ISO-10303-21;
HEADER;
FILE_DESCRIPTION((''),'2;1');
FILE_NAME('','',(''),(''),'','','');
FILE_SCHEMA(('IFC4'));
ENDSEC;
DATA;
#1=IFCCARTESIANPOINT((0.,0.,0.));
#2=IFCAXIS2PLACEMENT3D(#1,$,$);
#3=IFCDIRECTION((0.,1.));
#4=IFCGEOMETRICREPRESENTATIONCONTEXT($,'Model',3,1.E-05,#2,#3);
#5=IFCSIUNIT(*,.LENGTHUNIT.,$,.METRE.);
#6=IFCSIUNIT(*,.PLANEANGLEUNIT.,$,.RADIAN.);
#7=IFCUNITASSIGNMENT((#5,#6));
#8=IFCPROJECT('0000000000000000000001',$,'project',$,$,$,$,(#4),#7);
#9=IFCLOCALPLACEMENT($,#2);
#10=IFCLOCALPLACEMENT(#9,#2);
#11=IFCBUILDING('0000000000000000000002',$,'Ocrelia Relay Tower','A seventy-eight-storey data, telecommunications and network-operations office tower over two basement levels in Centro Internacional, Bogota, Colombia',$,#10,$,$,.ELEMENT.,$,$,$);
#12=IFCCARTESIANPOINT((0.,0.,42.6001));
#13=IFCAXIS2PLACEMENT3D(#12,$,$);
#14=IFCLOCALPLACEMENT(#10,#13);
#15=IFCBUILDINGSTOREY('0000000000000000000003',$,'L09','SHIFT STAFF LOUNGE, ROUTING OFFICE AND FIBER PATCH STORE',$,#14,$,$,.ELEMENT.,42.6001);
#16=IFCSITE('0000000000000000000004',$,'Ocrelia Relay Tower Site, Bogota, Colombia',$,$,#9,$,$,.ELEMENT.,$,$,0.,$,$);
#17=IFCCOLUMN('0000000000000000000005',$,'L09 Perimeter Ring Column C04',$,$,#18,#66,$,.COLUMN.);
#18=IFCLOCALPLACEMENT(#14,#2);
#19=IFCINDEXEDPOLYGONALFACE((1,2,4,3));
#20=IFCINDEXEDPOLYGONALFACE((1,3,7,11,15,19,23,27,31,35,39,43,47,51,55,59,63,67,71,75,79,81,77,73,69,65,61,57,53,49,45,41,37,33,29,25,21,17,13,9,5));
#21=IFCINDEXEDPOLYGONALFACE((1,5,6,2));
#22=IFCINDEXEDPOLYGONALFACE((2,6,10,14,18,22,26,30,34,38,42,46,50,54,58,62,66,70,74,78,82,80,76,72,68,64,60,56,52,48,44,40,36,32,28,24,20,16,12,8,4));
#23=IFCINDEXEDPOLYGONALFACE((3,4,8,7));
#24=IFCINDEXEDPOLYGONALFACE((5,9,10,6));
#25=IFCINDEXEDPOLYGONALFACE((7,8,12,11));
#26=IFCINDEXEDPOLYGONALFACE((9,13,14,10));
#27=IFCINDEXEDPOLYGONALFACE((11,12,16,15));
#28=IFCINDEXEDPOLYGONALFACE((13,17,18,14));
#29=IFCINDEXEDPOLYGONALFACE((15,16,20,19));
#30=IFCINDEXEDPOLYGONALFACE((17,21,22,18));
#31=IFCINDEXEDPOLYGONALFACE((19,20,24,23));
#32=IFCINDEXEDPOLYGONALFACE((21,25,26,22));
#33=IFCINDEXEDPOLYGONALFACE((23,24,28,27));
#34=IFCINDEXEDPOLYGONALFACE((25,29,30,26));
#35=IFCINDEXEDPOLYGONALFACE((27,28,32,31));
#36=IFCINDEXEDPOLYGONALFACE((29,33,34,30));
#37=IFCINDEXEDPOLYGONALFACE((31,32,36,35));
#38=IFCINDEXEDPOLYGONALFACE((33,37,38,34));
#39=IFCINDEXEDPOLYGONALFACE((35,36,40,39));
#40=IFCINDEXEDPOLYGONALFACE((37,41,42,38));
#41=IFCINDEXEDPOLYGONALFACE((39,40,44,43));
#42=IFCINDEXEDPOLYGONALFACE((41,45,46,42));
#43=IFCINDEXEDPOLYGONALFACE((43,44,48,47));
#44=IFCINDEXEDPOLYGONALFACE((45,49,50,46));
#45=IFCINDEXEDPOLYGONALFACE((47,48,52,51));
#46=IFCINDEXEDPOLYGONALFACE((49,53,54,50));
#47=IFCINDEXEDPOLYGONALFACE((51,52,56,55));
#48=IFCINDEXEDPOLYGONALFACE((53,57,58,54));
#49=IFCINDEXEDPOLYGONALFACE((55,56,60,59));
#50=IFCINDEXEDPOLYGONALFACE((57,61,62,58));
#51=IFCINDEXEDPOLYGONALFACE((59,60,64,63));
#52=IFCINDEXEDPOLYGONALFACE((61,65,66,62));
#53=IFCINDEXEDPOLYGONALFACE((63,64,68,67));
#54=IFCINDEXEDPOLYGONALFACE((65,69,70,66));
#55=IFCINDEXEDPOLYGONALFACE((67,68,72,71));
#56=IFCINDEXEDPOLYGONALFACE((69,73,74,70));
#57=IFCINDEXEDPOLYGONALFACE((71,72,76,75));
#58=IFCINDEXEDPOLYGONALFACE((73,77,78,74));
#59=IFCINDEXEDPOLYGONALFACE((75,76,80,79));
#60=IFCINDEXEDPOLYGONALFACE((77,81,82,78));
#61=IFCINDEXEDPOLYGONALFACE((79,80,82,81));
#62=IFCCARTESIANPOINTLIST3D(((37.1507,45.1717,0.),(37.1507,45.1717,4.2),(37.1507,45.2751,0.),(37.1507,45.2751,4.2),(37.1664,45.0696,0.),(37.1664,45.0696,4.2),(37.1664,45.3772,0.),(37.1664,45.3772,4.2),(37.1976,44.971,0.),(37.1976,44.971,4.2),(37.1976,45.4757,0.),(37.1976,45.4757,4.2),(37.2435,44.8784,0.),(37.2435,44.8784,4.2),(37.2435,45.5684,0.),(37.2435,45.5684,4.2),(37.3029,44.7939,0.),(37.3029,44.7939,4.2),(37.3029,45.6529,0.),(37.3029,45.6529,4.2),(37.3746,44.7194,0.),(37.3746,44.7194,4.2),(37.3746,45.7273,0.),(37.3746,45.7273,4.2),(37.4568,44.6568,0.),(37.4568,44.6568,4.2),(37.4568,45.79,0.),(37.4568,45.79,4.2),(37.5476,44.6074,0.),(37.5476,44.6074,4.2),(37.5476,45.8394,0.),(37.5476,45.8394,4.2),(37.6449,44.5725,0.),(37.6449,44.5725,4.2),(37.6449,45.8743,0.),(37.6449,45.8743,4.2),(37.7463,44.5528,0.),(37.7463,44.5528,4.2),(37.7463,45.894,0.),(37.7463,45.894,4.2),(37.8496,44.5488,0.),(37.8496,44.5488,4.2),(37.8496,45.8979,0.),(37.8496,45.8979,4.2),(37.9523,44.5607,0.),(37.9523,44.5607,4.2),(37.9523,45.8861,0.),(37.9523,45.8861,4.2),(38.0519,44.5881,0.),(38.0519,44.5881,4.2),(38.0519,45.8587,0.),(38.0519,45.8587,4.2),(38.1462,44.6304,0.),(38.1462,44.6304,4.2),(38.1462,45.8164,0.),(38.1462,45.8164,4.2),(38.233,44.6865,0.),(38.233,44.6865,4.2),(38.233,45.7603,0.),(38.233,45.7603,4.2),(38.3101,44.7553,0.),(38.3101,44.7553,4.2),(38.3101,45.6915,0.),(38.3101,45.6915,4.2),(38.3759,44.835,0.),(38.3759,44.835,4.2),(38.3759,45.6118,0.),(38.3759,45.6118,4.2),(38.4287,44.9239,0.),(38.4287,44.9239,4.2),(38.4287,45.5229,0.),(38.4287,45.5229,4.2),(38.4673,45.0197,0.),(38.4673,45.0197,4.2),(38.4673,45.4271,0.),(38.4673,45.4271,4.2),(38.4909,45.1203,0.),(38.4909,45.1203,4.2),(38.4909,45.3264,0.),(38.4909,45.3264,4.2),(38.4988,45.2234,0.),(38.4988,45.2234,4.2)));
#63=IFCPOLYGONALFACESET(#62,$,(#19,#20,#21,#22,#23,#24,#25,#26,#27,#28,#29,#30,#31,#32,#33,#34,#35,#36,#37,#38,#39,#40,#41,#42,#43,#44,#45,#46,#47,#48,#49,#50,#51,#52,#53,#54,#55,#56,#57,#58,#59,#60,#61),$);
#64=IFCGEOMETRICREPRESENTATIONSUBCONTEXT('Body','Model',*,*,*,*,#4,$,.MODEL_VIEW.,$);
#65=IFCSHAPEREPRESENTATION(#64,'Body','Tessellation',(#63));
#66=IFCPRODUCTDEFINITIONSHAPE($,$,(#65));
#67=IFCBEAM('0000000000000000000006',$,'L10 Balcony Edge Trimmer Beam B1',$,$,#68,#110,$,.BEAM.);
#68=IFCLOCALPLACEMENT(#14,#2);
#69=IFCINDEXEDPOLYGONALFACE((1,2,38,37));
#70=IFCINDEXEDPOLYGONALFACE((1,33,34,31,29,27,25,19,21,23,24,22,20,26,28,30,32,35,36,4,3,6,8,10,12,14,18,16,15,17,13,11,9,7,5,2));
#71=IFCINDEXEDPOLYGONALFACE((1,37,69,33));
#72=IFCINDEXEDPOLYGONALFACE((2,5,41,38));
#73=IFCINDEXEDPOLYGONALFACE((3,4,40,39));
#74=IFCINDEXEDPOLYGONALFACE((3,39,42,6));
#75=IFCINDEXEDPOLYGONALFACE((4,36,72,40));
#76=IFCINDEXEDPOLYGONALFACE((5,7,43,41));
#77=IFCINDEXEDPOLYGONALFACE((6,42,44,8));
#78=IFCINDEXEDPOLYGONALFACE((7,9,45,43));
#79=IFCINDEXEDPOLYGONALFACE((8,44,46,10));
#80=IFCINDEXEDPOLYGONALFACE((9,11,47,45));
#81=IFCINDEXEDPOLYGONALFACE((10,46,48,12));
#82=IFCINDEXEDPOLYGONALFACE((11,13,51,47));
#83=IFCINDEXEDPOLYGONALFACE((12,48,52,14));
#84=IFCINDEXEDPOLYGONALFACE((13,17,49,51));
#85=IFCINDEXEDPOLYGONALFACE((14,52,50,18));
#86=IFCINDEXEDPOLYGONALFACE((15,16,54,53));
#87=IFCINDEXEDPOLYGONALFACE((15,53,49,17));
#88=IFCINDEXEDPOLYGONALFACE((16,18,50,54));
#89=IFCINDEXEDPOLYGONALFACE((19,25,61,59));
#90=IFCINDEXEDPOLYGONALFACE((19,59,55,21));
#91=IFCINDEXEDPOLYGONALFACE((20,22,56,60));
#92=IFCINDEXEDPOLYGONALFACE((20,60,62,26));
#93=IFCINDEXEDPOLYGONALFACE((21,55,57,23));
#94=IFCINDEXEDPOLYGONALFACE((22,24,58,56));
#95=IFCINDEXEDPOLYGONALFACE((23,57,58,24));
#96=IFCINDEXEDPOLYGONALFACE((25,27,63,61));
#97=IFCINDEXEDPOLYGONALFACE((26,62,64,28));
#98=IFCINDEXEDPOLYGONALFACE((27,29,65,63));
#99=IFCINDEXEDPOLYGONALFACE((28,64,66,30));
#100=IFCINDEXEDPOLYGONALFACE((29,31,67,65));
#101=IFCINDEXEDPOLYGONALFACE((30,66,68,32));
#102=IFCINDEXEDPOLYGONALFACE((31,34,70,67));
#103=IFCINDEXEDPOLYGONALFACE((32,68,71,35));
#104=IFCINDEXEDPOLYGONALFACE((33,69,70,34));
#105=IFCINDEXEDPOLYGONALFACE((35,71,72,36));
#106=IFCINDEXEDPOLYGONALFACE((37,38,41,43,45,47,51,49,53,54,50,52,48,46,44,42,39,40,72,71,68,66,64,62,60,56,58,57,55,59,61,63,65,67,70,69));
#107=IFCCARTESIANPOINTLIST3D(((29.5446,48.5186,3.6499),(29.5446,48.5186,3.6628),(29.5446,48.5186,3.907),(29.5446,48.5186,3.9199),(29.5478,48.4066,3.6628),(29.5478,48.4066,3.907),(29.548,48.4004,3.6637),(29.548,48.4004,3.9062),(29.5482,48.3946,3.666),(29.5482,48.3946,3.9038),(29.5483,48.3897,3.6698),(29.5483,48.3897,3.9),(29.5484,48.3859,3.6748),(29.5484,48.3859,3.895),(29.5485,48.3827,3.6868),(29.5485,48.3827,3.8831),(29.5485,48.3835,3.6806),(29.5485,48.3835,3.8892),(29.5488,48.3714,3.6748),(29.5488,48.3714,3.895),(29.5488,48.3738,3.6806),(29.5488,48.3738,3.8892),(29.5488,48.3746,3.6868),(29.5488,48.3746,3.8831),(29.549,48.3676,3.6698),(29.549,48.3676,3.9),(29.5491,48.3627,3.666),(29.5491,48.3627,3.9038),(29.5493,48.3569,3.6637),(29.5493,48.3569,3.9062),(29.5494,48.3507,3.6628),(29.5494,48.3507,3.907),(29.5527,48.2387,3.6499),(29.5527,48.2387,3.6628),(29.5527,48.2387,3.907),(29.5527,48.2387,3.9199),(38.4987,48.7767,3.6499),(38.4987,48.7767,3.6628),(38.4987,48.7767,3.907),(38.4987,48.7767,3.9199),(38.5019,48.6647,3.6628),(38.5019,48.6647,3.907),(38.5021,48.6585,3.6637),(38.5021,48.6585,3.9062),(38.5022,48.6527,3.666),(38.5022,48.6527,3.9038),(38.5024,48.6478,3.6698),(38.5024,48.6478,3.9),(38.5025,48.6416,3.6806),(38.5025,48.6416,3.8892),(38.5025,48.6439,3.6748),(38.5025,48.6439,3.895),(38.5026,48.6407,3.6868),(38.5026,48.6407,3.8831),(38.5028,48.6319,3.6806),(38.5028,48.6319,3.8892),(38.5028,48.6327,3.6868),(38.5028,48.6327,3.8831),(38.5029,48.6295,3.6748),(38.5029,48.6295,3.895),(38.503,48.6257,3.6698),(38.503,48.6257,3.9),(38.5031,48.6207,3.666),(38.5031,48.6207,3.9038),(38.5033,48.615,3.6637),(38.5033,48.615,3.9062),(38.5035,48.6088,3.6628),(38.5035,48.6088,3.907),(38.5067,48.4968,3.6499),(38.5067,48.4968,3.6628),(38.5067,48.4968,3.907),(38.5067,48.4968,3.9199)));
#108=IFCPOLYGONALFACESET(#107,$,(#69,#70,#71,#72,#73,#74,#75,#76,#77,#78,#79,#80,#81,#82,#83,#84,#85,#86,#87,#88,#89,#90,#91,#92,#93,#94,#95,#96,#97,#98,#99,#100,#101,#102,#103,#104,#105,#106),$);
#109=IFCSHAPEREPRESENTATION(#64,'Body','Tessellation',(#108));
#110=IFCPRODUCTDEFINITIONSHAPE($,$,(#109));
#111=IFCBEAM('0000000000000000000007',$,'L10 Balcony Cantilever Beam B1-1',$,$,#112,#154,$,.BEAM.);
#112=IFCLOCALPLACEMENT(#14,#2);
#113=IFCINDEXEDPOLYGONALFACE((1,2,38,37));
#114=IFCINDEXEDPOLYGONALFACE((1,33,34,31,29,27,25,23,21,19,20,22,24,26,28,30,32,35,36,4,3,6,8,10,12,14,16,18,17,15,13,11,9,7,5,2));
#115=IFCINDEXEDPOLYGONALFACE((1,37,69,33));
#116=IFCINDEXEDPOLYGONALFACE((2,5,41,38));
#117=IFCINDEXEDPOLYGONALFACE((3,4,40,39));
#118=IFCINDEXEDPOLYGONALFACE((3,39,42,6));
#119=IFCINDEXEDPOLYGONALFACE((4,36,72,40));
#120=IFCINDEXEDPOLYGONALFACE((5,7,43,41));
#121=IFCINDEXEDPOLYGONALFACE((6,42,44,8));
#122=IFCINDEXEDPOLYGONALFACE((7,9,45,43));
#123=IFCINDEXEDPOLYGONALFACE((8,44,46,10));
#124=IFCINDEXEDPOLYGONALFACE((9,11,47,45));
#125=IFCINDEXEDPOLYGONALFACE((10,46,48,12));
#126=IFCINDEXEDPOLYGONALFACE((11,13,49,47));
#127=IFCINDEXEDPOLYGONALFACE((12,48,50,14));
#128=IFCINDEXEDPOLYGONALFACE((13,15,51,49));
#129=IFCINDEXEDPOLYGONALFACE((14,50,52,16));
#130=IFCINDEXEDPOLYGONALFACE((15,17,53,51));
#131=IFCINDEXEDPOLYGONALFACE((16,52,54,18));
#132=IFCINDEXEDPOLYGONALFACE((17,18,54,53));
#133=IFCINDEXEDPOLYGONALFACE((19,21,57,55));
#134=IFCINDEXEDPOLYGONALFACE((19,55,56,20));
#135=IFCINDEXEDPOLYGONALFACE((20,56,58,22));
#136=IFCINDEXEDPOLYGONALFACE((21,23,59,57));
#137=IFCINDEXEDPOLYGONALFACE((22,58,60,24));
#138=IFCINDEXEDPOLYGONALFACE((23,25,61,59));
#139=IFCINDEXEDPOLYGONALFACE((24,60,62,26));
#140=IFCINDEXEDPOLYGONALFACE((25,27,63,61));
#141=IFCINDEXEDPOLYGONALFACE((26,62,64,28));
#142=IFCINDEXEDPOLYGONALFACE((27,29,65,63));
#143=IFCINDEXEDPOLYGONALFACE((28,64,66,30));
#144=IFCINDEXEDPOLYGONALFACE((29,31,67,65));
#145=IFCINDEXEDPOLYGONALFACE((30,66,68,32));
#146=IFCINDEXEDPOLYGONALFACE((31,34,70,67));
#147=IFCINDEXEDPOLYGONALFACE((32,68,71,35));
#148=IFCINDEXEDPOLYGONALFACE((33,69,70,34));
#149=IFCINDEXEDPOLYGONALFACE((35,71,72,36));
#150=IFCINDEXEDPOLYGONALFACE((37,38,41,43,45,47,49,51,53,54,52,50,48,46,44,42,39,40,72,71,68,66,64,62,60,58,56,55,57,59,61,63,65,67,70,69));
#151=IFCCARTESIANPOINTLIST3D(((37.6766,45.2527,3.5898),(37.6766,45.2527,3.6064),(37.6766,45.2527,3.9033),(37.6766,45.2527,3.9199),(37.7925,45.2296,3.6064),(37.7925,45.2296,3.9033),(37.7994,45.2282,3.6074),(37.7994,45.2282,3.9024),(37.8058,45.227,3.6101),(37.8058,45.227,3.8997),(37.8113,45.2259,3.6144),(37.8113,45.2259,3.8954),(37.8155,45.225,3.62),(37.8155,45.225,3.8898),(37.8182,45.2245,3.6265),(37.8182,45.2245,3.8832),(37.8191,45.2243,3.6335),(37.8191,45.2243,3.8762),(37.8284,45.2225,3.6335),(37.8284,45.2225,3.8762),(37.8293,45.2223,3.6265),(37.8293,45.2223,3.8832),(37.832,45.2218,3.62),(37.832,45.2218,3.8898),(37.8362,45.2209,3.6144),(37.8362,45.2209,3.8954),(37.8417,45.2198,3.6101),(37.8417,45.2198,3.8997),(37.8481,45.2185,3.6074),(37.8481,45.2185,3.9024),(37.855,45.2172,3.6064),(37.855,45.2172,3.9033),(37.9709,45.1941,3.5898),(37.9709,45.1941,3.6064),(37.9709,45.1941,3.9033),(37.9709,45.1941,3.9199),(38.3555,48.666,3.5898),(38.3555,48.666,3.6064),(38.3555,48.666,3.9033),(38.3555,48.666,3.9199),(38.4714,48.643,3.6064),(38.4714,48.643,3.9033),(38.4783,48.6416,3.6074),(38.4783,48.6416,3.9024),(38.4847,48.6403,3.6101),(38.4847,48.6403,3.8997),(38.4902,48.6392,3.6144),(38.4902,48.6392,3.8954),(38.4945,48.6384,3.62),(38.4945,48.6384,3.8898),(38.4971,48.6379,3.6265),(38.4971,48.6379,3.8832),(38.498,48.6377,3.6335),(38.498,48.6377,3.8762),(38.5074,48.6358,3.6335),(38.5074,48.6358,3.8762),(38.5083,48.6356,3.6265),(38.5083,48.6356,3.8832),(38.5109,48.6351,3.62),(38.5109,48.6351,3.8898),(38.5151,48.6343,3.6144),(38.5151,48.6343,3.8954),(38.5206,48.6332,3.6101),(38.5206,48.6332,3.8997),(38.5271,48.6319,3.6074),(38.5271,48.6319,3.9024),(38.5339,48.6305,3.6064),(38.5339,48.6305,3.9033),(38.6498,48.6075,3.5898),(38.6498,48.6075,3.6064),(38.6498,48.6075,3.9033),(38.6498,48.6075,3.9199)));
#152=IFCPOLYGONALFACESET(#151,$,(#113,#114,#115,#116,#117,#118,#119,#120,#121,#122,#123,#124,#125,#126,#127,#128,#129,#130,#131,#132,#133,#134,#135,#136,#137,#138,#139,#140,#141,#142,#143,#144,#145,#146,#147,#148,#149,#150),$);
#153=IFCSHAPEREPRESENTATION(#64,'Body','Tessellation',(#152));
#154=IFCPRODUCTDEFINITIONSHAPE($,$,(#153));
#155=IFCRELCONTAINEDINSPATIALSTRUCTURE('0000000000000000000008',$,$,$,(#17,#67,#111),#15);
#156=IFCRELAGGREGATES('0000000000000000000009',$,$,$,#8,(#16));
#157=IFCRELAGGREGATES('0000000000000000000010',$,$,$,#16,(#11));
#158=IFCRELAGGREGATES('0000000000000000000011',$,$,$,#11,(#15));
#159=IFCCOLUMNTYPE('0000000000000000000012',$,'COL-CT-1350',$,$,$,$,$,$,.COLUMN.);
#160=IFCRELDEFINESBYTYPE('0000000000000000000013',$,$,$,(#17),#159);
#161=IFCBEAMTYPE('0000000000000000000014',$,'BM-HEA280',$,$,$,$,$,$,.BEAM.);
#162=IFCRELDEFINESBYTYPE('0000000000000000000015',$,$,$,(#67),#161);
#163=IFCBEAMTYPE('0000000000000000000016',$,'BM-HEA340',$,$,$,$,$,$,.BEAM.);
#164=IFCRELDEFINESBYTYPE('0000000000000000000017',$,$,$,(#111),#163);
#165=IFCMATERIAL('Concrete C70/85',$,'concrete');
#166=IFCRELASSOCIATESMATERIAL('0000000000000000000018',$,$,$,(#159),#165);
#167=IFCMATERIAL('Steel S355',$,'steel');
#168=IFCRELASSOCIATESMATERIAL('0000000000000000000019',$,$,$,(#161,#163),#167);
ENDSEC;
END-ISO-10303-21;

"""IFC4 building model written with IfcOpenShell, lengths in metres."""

from ifc_helpers import new_model, si_unit, direction, frame, origin, origin_2d, place, context, subcontext, project, spatial, circle, i_section, extrude, material, material_profile, profile_set, type_object, element, save


model = new_model("IFC4")

# Units and contexts
model_context = context("Model", 3, precision=1e-05, world=origin(), true_north=direction((0.0, 1.0)))
body_context = subcontext(model_context, "Body", "Model", "MODEL_VIEW")
ifc_project = project(units=[si_unit("LENGTHUNIT", "METRE"), si_unit("PLANEANGLEUNIT", "RADIAN")], contexts=[model_context])

# Site, building, storey
site_placement = place(None, origin())
site = spatial("IfcSite", under=ifc_project, at=site_placement, Name="Ocrelia Relay Tower Site, Bogota, Colombia", CompositionType="ELEMENT", RefElevation=0.0)
building_placement = place(site_placement, origin())
building = spatial("IfcBuilding", under=site, at=building_placement, Name="Ocrelia Relay Tower", Description="A seventy-eight-storey data, telecommunications and network-operations office tower over two basement levels in Centro Internacional, Bogota, Colombia", CompositionType="ELEMENT")
storey_placement = place(building_placement, frame((0.0, 0.0, 42.6001)))
storey = spatial("IfcBuildingStorey", under=building, at=storey_placement, Name="L09", Description="SHIFT STAFF LOUNGE, ROUTING OFFICE AND FIBER PATCH STORE", CompositionType="ELEMENT", Elevation=42.6001)

# Column
ifc_material_1 = material(Name="Concrete C70/85", Category="concrete")
ifc_material_profile_1 = material_profile(ifc_material_1, circle(Radius=0.675, at=origin_2d()), Name="RC-CIR-1350")
ifc_profile_set_1 = profile_set([ifc_material_profile_1], Name="Concrete C70/85")
column_type = type_object("IfcColumnType", Name="COL-CT-1350", PredefinedType="COLUMN", material=ifc_profile_set_1)
column_placement = place(storey_placement, frame((37.8237, 45.2234, 0.0), z_axis=(0.0, 0.0, 1.0), x_axis=(1.0, 0.0, 0.0)))
element("IfcColumn", 1, at=column_placement, inside=storey, type_object=column_type, Name="L09 Perimeter Ring Column C04", PredefinedType="COLUMN", context=body_context, shape_type="SweptSolid", body=[
    extrude(circle(Radius=0.675, at=origin_2d()), origin(), (0.0, 0.0, 1.0), 4.2),
])

# Beams
ifc_material_2 = material(Name="Steel S355", Category="steel")
ifc_material_profile_2 = material_profile(ifc_material_2, i_section(OverallWidth=0.28, OverallDepth=0.27, WebThickness=0.0081, FlangeThickness=0.0129, FilletRadius=0.0239, at=origin_2d()), Name="HEA 280")
ifc_profile_set_2 = profile_set([ifc_material_profile_2], Name="Steel S355")
beam_type_1 = type_object("IfcBeamType", Name="BM-HEA280", PredefinedType="BEAM", material=ifc_profile_set_2)
beam_1_placement = place(storey_placement, frame((38.5027, 48.6367, 3.7849), z_axis=(-0.999585, -0.028808, 0.0), x_axis=(0.028808, -0.999585, 0.0)))
element("IfcBeam", 2, at=beam_1_placement, inside=storey, type_object=beam_type_1, Name="L10 Balcony Edge Trimmer Beam B1", PredefinedType="BEAM", context=body_context, shape_type="SweptSolid", body=[
    extrude(i_section(OverallWidth=0.28, OverallDepth=0.27, WebThickness=0.0081, FlangeThickness=0.0129, FilletRadius=0.0239, at=origin_2d()), origin(), (0.0, 0.0, 1.0), 8.9578),
])
ifc_material_profile_3 = material_profile(ifc_material_2, i_section(OverallWidth=0.3, OverallDepth=0.3301, WebThickness=0.0095, FlangeThickness=0.0166, FilletRadius=0.0271, at=origin_2d()), Name="HEA 340")
ifc_profile_set_3 = profile_set([ifc_material_profile_3], Name="Steel S355")
beam_type_2 = type_object("IfcBeamType", Name="BM-HEA340", PredefinedType="BEAM", material=ifc_profile_set_3)
beam_2_placement = place(storey_placement, frame((37.8237, 45.2234, 3.7549), z_axis=(0.195091, 0.980785, 0.0), x_axis=(-0.980785, 0.195091, 0.0)))
element("IfcBeam", 3, at=beam_2_placement, inside=storey, type_object=beam_type_2, Name="L10 Balcony Cantilever Beam B1-1", PredefinedType="BEAM", context=body_context, shape_type="SweptSolid", body=[
    extrude(i_section(OverallWidth=0.3, OverallDepth=0.3301, WebThickness=0.0095, FlangeThickness=0.0166, FilletRadius=0.0271, at=origin_2d()), origin(), (0.0, 0.0, 1.0), 3.4802),
])

save(model, "model.ifc")
